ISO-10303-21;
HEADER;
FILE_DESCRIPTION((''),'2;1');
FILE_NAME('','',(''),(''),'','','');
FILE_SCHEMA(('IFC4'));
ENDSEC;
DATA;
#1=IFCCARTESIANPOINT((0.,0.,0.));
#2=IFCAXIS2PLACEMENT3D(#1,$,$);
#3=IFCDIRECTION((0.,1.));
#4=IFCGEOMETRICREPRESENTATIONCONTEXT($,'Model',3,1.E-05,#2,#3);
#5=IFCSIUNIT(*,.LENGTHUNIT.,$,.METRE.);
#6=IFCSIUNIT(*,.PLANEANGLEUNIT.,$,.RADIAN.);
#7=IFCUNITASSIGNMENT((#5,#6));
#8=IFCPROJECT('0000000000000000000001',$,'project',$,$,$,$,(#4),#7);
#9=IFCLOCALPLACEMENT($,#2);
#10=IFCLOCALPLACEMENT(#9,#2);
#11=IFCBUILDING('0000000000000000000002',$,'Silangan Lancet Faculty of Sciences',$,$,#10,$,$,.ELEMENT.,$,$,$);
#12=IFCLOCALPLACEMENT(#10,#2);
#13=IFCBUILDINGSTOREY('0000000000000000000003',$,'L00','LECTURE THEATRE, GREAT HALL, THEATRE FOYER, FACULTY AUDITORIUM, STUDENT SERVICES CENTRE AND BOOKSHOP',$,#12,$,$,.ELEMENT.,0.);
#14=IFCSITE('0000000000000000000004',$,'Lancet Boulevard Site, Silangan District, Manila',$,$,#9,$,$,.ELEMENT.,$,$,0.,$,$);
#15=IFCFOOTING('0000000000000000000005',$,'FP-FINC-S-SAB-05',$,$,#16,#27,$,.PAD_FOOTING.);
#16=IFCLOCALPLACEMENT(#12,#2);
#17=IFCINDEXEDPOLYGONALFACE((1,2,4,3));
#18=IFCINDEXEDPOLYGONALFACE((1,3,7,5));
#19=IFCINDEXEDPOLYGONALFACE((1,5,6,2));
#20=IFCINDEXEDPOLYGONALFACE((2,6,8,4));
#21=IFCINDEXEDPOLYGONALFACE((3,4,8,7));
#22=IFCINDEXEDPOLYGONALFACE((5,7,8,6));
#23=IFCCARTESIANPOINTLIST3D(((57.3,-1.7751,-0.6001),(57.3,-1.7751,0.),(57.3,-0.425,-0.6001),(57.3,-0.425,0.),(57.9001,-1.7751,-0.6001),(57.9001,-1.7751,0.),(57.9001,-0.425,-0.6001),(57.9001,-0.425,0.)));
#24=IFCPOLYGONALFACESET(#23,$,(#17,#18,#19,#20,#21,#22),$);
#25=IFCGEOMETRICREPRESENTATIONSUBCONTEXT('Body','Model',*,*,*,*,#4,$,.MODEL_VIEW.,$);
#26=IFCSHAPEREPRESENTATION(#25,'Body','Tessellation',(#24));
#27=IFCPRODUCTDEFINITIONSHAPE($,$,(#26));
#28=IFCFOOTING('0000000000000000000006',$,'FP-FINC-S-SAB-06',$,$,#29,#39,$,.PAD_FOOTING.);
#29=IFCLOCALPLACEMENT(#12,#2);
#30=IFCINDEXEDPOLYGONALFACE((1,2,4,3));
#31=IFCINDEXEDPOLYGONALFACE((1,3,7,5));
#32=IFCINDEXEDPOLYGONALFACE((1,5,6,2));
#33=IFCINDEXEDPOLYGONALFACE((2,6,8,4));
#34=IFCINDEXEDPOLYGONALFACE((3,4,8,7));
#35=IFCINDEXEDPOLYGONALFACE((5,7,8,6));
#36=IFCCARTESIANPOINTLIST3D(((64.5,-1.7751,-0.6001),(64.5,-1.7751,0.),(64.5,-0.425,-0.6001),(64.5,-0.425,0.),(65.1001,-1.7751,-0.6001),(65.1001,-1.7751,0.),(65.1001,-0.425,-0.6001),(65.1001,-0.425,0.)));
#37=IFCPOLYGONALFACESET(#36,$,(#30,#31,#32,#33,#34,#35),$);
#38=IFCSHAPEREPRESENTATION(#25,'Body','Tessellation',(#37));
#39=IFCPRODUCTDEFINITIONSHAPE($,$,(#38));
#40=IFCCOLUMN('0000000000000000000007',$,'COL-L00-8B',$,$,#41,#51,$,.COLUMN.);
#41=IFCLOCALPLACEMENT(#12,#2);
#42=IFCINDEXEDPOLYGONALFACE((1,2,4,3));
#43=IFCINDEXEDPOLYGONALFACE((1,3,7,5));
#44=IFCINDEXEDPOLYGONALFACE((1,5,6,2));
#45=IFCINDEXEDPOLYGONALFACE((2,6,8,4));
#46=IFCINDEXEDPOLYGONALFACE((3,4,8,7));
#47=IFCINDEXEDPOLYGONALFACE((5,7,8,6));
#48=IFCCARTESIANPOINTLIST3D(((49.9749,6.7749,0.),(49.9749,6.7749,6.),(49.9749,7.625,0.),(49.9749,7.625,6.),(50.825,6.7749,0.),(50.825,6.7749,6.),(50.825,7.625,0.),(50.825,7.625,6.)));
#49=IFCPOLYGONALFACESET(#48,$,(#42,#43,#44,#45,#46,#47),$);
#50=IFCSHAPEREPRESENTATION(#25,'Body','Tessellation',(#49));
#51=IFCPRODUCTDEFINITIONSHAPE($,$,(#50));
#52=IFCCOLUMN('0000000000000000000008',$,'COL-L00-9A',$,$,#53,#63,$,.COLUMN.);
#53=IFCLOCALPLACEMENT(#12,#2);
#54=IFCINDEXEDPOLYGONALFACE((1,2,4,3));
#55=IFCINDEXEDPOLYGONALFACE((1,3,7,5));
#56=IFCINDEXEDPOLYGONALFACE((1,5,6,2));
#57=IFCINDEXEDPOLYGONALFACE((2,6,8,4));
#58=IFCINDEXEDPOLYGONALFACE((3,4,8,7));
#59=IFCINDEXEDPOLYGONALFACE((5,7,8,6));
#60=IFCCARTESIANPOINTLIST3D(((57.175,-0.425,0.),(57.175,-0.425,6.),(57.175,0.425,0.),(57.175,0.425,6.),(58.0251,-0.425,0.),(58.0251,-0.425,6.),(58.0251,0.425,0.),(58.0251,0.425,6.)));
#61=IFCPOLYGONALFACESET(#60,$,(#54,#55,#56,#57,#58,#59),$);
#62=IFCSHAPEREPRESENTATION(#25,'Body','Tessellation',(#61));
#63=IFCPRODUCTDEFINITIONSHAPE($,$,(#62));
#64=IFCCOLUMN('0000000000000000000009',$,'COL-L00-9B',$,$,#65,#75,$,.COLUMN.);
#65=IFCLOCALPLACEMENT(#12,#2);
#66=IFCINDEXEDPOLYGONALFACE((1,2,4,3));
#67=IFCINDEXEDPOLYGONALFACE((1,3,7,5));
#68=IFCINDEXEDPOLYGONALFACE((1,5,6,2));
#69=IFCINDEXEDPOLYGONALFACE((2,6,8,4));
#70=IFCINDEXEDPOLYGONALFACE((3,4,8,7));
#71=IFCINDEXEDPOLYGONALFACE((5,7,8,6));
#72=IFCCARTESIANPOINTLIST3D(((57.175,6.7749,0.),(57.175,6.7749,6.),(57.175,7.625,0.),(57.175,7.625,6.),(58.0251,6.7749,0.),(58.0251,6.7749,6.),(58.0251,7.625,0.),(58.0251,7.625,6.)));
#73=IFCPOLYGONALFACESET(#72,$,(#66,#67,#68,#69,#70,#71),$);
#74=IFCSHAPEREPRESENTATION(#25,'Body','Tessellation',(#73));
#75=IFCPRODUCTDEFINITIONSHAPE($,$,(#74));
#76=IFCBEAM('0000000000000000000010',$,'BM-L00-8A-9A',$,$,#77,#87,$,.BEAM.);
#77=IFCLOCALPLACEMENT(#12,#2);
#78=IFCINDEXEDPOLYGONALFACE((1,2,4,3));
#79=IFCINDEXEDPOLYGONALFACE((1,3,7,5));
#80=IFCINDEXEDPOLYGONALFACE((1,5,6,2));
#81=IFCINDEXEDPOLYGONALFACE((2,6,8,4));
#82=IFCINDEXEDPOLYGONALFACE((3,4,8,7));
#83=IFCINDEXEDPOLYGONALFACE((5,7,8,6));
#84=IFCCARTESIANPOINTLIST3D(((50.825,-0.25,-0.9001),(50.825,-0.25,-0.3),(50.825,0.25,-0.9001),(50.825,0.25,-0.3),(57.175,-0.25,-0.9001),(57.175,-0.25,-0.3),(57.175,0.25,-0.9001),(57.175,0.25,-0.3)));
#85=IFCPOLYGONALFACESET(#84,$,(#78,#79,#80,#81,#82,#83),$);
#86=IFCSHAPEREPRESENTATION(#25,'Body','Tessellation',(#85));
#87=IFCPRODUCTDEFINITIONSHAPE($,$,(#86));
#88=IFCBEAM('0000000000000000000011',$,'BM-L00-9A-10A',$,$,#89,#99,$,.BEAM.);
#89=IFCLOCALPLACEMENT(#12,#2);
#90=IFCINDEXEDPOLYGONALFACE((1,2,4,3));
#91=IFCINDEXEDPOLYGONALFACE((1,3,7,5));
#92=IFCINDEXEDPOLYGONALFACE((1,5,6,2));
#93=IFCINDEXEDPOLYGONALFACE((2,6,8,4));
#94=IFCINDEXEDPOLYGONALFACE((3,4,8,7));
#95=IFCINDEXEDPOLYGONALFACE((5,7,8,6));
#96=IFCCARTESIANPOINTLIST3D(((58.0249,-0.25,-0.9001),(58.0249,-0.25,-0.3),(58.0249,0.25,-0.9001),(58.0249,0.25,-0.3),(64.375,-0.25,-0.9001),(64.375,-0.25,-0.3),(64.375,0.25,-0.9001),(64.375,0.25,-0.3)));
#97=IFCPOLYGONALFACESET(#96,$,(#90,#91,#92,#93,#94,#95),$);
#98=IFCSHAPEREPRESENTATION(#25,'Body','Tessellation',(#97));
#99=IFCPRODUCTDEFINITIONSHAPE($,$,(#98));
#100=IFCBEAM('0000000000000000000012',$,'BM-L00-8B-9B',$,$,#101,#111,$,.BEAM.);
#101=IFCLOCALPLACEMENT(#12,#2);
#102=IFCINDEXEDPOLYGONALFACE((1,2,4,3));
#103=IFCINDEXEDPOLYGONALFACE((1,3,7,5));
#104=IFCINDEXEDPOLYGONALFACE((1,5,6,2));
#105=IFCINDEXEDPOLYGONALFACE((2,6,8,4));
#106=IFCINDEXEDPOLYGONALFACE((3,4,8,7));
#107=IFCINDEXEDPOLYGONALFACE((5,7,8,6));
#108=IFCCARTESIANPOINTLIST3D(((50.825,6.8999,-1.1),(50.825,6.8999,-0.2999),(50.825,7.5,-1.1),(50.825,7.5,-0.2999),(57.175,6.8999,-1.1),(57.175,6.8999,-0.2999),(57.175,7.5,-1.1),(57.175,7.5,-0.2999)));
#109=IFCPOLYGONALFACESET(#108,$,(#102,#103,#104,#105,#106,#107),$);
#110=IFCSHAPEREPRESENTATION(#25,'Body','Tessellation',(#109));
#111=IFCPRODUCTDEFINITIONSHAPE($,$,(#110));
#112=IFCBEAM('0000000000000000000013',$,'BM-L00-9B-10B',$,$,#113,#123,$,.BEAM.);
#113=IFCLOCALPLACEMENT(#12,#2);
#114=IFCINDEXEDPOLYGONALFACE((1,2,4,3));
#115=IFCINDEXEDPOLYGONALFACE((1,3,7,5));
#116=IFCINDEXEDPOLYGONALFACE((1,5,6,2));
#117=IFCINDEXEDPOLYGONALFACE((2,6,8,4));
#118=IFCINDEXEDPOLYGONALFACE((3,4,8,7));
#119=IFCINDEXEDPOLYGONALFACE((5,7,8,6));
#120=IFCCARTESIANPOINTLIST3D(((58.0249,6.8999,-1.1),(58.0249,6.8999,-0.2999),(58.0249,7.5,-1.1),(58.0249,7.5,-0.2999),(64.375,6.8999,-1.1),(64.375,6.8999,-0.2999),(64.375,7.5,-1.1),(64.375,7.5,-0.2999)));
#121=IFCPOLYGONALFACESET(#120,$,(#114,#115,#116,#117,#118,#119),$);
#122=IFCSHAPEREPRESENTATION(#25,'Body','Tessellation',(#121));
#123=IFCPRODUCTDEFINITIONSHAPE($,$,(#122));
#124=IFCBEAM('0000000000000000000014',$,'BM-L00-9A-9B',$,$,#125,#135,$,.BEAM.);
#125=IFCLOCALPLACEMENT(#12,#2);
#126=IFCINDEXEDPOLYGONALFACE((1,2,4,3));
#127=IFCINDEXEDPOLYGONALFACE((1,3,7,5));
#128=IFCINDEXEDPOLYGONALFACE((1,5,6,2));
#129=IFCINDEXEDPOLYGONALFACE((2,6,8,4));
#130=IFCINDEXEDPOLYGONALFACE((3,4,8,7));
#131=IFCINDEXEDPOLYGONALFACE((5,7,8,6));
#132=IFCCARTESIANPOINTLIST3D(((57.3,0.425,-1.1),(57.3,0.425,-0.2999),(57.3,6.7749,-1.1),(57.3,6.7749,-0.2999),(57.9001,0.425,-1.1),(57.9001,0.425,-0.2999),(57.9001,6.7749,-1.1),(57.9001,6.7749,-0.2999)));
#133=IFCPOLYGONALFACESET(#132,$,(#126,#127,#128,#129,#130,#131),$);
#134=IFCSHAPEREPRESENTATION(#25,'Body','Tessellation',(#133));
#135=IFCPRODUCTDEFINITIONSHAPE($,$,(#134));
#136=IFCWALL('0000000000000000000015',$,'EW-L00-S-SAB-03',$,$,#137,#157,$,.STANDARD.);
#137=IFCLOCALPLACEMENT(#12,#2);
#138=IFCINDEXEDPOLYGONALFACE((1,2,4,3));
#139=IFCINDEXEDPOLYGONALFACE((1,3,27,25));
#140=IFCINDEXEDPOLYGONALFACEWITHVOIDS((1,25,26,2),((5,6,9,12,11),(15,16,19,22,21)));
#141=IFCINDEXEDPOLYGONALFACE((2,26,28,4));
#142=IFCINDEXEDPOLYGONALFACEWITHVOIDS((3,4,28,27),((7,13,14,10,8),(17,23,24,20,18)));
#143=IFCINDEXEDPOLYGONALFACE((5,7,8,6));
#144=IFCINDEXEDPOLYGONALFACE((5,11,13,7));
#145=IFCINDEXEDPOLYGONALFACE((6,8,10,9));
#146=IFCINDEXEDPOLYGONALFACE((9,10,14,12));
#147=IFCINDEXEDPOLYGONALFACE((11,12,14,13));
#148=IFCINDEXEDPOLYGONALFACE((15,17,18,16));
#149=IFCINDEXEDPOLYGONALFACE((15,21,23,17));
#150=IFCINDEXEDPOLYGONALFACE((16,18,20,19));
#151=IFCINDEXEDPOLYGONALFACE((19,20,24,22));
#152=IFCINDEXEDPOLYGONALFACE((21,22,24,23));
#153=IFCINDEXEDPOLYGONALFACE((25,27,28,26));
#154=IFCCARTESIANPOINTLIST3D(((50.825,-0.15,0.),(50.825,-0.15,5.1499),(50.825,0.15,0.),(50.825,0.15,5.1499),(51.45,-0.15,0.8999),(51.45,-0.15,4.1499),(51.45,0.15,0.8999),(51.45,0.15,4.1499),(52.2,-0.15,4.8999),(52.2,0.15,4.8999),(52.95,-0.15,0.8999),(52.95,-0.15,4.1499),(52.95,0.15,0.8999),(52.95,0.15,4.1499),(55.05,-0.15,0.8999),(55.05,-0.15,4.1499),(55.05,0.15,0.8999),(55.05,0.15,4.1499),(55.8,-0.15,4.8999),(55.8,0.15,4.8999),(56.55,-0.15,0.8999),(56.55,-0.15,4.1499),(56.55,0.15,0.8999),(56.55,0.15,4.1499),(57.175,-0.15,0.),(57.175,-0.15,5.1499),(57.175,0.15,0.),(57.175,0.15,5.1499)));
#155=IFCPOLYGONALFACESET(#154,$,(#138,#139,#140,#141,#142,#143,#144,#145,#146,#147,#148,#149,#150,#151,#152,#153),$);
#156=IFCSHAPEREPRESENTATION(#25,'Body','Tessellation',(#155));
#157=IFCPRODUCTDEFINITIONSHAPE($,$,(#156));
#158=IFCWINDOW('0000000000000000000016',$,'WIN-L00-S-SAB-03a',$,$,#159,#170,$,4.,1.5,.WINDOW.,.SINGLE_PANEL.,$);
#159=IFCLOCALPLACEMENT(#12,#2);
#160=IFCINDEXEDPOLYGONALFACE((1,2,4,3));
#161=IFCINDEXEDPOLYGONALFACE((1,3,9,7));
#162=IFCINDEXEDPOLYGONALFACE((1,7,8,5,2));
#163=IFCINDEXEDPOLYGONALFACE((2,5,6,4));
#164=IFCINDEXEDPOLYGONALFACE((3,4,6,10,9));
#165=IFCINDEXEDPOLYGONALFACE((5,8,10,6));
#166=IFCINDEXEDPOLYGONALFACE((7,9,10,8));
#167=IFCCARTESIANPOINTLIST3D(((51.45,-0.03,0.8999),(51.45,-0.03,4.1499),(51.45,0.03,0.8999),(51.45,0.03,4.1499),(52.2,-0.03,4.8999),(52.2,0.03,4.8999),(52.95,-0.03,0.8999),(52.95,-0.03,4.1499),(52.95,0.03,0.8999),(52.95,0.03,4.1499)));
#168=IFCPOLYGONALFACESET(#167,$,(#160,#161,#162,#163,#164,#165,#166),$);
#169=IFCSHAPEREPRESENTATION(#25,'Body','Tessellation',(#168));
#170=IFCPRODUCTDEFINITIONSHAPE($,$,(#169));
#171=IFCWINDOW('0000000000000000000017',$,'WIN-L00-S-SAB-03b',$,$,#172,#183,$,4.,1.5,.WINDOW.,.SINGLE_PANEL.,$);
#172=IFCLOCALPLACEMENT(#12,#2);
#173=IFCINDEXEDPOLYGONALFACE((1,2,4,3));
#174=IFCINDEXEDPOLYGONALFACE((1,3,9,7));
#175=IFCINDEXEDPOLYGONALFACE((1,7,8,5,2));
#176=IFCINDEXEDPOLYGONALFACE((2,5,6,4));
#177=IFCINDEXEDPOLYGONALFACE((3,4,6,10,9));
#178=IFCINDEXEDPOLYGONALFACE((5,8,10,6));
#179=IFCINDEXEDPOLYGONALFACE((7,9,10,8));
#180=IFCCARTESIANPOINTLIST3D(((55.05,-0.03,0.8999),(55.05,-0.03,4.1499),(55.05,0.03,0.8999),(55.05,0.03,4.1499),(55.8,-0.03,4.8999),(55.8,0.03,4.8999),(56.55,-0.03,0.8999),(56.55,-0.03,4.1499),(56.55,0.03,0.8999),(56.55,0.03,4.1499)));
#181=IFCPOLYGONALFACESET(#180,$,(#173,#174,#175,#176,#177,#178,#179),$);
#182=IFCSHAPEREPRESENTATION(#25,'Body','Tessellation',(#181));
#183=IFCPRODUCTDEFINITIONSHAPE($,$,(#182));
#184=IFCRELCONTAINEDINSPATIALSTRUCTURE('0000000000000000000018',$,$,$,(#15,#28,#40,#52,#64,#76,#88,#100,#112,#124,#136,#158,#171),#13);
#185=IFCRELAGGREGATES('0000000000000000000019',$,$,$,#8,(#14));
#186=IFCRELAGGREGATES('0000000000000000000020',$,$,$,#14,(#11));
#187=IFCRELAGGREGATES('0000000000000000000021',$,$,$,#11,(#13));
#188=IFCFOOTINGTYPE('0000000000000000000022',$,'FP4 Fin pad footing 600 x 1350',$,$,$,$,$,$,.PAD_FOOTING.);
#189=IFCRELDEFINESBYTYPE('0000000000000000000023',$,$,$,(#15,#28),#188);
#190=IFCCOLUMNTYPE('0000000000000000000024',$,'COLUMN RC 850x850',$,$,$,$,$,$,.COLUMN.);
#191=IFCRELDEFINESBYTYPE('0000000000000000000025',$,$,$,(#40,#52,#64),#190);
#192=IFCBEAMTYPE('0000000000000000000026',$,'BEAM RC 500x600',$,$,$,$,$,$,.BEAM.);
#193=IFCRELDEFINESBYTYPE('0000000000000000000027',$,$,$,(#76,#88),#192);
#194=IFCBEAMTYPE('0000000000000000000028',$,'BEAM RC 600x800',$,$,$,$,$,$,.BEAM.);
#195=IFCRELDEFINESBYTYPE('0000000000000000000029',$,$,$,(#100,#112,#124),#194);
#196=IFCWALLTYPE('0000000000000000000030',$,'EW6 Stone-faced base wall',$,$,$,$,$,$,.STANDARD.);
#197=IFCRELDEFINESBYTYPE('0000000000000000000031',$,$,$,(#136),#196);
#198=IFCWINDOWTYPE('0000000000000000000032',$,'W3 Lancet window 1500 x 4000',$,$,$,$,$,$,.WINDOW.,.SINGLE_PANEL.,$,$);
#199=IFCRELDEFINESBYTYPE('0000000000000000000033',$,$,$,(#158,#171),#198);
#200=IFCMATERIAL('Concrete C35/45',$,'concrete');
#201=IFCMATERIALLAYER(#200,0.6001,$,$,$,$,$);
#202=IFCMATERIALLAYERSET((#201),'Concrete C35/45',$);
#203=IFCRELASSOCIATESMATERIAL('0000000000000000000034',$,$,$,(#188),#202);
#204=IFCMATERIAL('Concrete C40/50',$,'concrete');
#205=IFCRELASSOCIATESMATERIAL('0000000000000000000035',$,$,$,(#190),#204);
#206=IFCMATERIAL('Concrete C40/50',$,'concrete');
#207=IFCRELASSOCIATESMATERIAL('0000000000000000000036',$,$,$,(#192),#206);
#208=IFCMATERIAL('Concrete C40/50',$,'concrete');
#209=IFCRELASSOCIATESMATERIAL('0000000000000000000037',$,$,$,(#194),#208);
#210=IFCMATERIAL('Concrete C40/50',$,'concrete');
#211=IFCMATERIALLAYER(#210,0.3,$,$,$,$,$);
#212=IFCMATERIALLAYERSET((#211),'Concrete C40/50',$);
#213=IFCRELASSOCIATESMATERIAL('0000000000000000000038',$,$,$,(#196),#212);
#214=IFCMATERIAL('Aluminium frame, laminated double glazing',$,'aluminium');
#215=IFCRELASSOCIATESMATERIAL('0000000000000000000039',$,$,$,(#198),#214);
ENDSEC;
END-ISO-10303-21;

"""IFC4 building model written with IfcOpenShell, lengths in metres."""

from ifc_helpers import new_model, si_unit, direction, frame, frame_2d, origin, origin_2d, place, context, subcontext, project, spatial, polyline, rectangle, outline, extrude, material, layer, layer_set, material_profile, profile_set, type_object, element, fill, save


model = new_model("IFC4")

# Units and contexts
model_context = context("Model", 3, precision=1e-05, world=origin(), true_north=direction((0.0, 1.0)))
body_context = subcontext(model_context, "Body", "Model", "MODEL_VIEW")
ifc_project = project(units=[si_unit("LENGTHUNIT", "METRE"), si_unit("PLANEANGLEUNIT", "RADIAN")], contexts=[model_context])

# Site, building, storey
site_placement = place(None, origin())
site = spatial("IfcSite", under=ifc_project, at=site_placement, Name="Lancet Boulevard Site, Silangan District, Manila", CompositionType="ELEMENT", RefElevation=0.0)
building_placement = place(site_placement, origin())
building = spatial("IfcBuilding", under=site, at=building_placement, Name="Silangan Lancet Faculty of Sciences", CompositionType="ELEMENT")
storey_placement = place(building_placement, origin())
storey = spatial("IfcBuildingStorey", under=building, at=storey_placement, Name="L00", Description="LECTURE THEATRE, GREAT HALL, THEATRE FOYER, FACULTY AUDITORIUM, STUDENT SERVICES CENTRE AND BOOKSHOP", CompositionType="ELEMENT", Elevation=0.0)

# Footings
ifc_material_1 = material(Name="Concrete C35/45", Category="concrete")
ifc_layer_1 = layer(ifc_material_1, 0.6001)
ifc_layer_set_1 = layer_set([ifc_layer_1], Name="Concrete C35/45")
footing_type = type_object("IfcFootingType", Name="FP4 Fin pad footing 600 x 1350", PredefinedType="PAD_FOOTING", material=ifc_layer_set_1)
for number, where, z_axis, x_axis, name in (
    (1, (57.6001, -1.1001, -0.6001), (0.0, 0.0, 1.0), (1.0, 0.0, 0.0), "FP-FINC-S-SAB-05"),
    (2, (64.8, -1.1001, -0.6001), (0.0, 0.0, 1.0), (1.0, 0.0, 0.0), "FP-FINC-S-SAB-06"),
):
    element("IfcFooting", number, at=place(storey_placement, frame(where, z_axis=z_axis, x_axis=x_axis)), inside=storey, type_object=footing_type, Name=name, PredefinedType="PAD_FOOTING", context=body_context, shape_type="SweptSolid", body=[
        extrude(rectangle(XDim=0.6001, YDim=1.3501, at=origin_2d()), origin(), (0.0, 0.0, 1.0), 0.6001),
    ])

# Columns
ifc_material_2 = material(Name="Concrete C40/50", Category="concrete")
ifc_material_profile_1 = material_profile(ifc_material_2, rectangle(XDim=0.8501, YDim=0.8501, at=origin_2d()), Name="RC 850x850")
ifc_profile_set_1 = profile_set([ifc_material_profile_1], Name="Concrete C40/50")
column_type = type_object("IfcColumnType", Name="COLUMN RC 850x850", PredefinedType="COLUMN", material=ifc_profile_set_1)
for number, where, z_axis, x_axis, name in (
    (3, (50.3999, 7.2, 0.0), (0.0, 0.0, 1.0), (1.0, 0.0, 0.0), "COL-L00-8B"),
    (4, (57.6001, 0.0, 0.0), (0.0, 0.0, 1.0), (1.0, 0.0, 0.0), "COL-L00-9A"),
    (5, (57.6001, 7.2, 0.0), (0.0, 0.0, 1.0), (1.0, 0.0, 0.0), "COL-L00-9B"),
):
    element("IfcColumn", number, at=place(storey_placement, frame(where, z_axis=z_axis, x_axis=x_axis)), inside=storey, type_object=column_type, Name=name, PredefinedType="COLUMN", context=body_context, shape_type="SweptSolid", body=[
        extrude(rectangle(XDim=0.8501, YDim=0.8501, at=origin_2d()), origin(), (0.0, 0.0, 1.0), 6.0),
    ])

# Beams
ifc_material_3 = material(Name="Concrete C40/50", Category="concrete")
ifc_material_profile_2 = material_profile(ifc_material_3, rectangle(XDim=0.5, YDim=0.6001, at=origin_2d()), Name="RC 500x600")
ifc_profile_set_2 = profile_set([ifc_material_profile_2], Name="Concrete C40/50")
beam_type_1 = type_object("IfcBeamType", Name="BEAM RC 500x600", PredefinedType="BEAM", material=ifc_profile_set_2)
for number, where, z_axis, x_axis, name in (
    (6, (50.825, 0.0, -0.6001), (1.0, 0.0, 0.0), (0.0, 1.0, 0.0), "BM-L00-8A-9A"),
    (7, (58.0249, 0.0, -0.6001), (1.0, 0.0, 0.0), (0.0, 1.0, 0.0), "BM-L00-9A-10A"),
):
    element("IfcBeam", number, at=place(storey_placement, frame(where, z_axis=z_axis, x_axis=x_axis)), inside=storey, type_object=beam_type_1, Name=name, PredefinedType="BEAM", context=body_context, shape_type="SweptSolid", body=[
        extrude(rectangle(XDim=0.5, YDim=0.6001, at=origin_2d()), origin(), (0.0, 0.0, 1.0), 6.3501),
    ])
ifc_material_4 = material(Name="Concrete C40/50", Category="concrete")
ifc_material_profile_3 = material_profile(ifc_material_4, rectangle(XDim=0.6001, YDim=0.8, at=origin_2d()), Name="RC 600x800")
ifc_profile_set_3 = profile_set([ifc_material_profile_3], Name="Concrete C40/50")
beam_type_2 = type_object("IfcBeamType", Name="BEAM RC 600x800", PredefinedType="BEAM", material=ifc_profile_set_3)
for number, where, z_axis, x_axis, name in (
    (8, (50.825, 7.2, -0.7), (1.0, 0.0, 0.0), (0.0, 1.0, 0.0), "BM-L00-8B-9B"),
    (9, (58.0249, 7.2, -0.7), (1.0, 0.0, 0.0), (0.0, 1.0, 0.0), "BM-L00-9B-10B"),
):
    element("IfcBeam", number, at=place(storey_placement, frame(where, z_axis=z_axis, x_axis=x_axis)), inside=storey, type_object=beam_type_2, Name=name, PredefinedType="BEAM", context=body_context, shape_type="SweptSolid", body=[
        extrude(rectangle(XDim=0.6001, YDim=0.8, at=origin_2d()), origin(), (0.0, 0.0, 1.0), 6.3501),
    ])
beam_placement = place(storey_placement, frame((57.6001, 0.425, -0.7), z_axis=(0.0, 1.0, 0.0), x_axis=(-1.0, 0.0, 0.0)))
element("IfcBeam", 10, at=beam_placement, inside=storey, type_object=beam_type_2, Name="BM-L00-9A-9B", PredefinedType="BEAM", context=body_context, shape_type="SweptSolid", body=[
    extrude(rectangle(XDim=0.6001, YDim=0.8, at=origin_2d()), origin(), (0.0, 0.0, 1.0), 6.3499),
])

# Wall, openings, windows
ifc_material_5 = material(Name="Concrete C40/50", Category="concrete")
ifc_layer_2 = layer(ifc_material_5, 0.3)
ifc_layer_set_2 = layer_set([ifc_layer_2], Name="Concrete C40/50")
wall_type_1 = type_object("IfcWallType", Name="EW6 Stone-faced base wall", PredefinedType="STANDARD", material=ifc_layer_set_2)
wall_1_placement = place(storey_placement, frame((50.825, 0.0, 0.0), z_axis=(0.0, 0.0, 1.0), x_axis=(1.0, 0.0, 0.0)))
wall_1 = element("IfcWall", 11, at=wall_1_placement, inside=storey, type_object=wall_type_1, Name="EW-L00-S-SAB-03", PredefinedType="STANDARD", context=body_context, shape_type="SweptSolid", body=[
    extrude(rectangle(XDim=6.3501, YDim=0.3, at=frame_2d((3.175, 0.0))), origin(), (0.0, 0.0, 1.0), 5.1499),
])
opening_1_placement = place(wall_1_placement, frame((0.625, 0.0, 0.8999)))
opening_1 = element("IfcOpeningElement", 12, at=opening_1_placement, cuts=wall_1, PredefinedType="OPENING", context=body_context, shape_type="SweptSolid", body=[
    extrude(outline(polyline([(0.0, 0.0), (1.5, 0.0), (1.5, 3.25), (0.75, 4.0), (0.0, 3.25), (0.0, 0.0)])), frame((0.0, 0.1599, 0.0), z_axis=(0.0, -1.0, 0.0), x_axis=(1.0, 0.0, 0.0)), (0.0, 0.0, 1.0), 0.3201),
])
opening_2_placement = place(wall_1_placement, frame((4.2251, 0.0, 0.8999)))
opening_2 = element("IfcOpeningElement", 13, at=opening_2_placement, cuts=wall_1, PredefinedType="OPENING", context=body_context, shape_type="SweptSolid", body=[
    extrude(outline(polyline([(0.0, 0.0), (1.5, 0.0), (1.5, 3.25), (0.75, 4.0), (0.0, 3.25), (0.0, 0.0)])), frame((0.0, 0.1599, 0.0), z_axis=(0.0, -1.0, 0.0), x_axis=(1.0, 0.0, 0.0)), (0.0, 0.0, 1.0), 0.3201),
])
ifc_material_6 = material(Name="Aluminium frame, laminated double glazing", Category="aluminium")
window_type = type_object("IfcWindowType", Name="W3 Lancet window 1500 x 4000", PartitioningType="SINGLE_PANEL", PredefinedType="WINDOW", material=ifc_material_6)
window_1_placement = place(opening_1_placement, origin())
window_1 = element("IfcWindow", 14, at=window_1_placement, inside=storey, type_object=window_type, Name="WIN-L00-S-SAB-03a", OverallHeight=4.0, OverallWidth=1.5, PartitioningType="SINGLE_PANEL", PredefinedType="WINDOW", context=body_context, shape_type="SweptSolid", body=[
    extrude(outline(polyline([(0.0, 0.0), (1.5, 0.0), (1.5, 3.25), (0.75, 4.0), (0.0, 3.25), (0.0, 0.0)])), frame((0.0, 0.03, 0.0), z_axis=(0.0, -1.0, 0.0), x_axis=(1.0, 0.0, 0.0)), (0.0, 0.0, 1.0), 0.0601),
])
fill(opening_1, window_1)
window_2_placement = place(opening_2_placement, origin())
window_2 = element("IfcWindow", 15, at=window_2_placement, inside=storey, type_object=window_type, Name="WIN-L00-S-SAB-03b", OverallHeight=4.0, OverallWidth=1.5, PartitioningType="SINGLE_PANEL", PredefinedType="WINDOW", context=body_context, shape_type="SweptSolid", body=[
    extrude(outline(polyline([(0.0, 0.0), (1.5, 0.0), (1.5, 3.25), (0.75, 4.0), (0.0, 3.25), (0.0, 0.0)])), frame((0.0, 0.03, 0.0), z_axis=(0.0, -1.0, 0.0), x_axis=(1.0, 0.0, 0.0)), (0.0, 0.0, 1.0), 0.0601),
])
fill(opening_2, window_2)

save(model, "model.ifc")
